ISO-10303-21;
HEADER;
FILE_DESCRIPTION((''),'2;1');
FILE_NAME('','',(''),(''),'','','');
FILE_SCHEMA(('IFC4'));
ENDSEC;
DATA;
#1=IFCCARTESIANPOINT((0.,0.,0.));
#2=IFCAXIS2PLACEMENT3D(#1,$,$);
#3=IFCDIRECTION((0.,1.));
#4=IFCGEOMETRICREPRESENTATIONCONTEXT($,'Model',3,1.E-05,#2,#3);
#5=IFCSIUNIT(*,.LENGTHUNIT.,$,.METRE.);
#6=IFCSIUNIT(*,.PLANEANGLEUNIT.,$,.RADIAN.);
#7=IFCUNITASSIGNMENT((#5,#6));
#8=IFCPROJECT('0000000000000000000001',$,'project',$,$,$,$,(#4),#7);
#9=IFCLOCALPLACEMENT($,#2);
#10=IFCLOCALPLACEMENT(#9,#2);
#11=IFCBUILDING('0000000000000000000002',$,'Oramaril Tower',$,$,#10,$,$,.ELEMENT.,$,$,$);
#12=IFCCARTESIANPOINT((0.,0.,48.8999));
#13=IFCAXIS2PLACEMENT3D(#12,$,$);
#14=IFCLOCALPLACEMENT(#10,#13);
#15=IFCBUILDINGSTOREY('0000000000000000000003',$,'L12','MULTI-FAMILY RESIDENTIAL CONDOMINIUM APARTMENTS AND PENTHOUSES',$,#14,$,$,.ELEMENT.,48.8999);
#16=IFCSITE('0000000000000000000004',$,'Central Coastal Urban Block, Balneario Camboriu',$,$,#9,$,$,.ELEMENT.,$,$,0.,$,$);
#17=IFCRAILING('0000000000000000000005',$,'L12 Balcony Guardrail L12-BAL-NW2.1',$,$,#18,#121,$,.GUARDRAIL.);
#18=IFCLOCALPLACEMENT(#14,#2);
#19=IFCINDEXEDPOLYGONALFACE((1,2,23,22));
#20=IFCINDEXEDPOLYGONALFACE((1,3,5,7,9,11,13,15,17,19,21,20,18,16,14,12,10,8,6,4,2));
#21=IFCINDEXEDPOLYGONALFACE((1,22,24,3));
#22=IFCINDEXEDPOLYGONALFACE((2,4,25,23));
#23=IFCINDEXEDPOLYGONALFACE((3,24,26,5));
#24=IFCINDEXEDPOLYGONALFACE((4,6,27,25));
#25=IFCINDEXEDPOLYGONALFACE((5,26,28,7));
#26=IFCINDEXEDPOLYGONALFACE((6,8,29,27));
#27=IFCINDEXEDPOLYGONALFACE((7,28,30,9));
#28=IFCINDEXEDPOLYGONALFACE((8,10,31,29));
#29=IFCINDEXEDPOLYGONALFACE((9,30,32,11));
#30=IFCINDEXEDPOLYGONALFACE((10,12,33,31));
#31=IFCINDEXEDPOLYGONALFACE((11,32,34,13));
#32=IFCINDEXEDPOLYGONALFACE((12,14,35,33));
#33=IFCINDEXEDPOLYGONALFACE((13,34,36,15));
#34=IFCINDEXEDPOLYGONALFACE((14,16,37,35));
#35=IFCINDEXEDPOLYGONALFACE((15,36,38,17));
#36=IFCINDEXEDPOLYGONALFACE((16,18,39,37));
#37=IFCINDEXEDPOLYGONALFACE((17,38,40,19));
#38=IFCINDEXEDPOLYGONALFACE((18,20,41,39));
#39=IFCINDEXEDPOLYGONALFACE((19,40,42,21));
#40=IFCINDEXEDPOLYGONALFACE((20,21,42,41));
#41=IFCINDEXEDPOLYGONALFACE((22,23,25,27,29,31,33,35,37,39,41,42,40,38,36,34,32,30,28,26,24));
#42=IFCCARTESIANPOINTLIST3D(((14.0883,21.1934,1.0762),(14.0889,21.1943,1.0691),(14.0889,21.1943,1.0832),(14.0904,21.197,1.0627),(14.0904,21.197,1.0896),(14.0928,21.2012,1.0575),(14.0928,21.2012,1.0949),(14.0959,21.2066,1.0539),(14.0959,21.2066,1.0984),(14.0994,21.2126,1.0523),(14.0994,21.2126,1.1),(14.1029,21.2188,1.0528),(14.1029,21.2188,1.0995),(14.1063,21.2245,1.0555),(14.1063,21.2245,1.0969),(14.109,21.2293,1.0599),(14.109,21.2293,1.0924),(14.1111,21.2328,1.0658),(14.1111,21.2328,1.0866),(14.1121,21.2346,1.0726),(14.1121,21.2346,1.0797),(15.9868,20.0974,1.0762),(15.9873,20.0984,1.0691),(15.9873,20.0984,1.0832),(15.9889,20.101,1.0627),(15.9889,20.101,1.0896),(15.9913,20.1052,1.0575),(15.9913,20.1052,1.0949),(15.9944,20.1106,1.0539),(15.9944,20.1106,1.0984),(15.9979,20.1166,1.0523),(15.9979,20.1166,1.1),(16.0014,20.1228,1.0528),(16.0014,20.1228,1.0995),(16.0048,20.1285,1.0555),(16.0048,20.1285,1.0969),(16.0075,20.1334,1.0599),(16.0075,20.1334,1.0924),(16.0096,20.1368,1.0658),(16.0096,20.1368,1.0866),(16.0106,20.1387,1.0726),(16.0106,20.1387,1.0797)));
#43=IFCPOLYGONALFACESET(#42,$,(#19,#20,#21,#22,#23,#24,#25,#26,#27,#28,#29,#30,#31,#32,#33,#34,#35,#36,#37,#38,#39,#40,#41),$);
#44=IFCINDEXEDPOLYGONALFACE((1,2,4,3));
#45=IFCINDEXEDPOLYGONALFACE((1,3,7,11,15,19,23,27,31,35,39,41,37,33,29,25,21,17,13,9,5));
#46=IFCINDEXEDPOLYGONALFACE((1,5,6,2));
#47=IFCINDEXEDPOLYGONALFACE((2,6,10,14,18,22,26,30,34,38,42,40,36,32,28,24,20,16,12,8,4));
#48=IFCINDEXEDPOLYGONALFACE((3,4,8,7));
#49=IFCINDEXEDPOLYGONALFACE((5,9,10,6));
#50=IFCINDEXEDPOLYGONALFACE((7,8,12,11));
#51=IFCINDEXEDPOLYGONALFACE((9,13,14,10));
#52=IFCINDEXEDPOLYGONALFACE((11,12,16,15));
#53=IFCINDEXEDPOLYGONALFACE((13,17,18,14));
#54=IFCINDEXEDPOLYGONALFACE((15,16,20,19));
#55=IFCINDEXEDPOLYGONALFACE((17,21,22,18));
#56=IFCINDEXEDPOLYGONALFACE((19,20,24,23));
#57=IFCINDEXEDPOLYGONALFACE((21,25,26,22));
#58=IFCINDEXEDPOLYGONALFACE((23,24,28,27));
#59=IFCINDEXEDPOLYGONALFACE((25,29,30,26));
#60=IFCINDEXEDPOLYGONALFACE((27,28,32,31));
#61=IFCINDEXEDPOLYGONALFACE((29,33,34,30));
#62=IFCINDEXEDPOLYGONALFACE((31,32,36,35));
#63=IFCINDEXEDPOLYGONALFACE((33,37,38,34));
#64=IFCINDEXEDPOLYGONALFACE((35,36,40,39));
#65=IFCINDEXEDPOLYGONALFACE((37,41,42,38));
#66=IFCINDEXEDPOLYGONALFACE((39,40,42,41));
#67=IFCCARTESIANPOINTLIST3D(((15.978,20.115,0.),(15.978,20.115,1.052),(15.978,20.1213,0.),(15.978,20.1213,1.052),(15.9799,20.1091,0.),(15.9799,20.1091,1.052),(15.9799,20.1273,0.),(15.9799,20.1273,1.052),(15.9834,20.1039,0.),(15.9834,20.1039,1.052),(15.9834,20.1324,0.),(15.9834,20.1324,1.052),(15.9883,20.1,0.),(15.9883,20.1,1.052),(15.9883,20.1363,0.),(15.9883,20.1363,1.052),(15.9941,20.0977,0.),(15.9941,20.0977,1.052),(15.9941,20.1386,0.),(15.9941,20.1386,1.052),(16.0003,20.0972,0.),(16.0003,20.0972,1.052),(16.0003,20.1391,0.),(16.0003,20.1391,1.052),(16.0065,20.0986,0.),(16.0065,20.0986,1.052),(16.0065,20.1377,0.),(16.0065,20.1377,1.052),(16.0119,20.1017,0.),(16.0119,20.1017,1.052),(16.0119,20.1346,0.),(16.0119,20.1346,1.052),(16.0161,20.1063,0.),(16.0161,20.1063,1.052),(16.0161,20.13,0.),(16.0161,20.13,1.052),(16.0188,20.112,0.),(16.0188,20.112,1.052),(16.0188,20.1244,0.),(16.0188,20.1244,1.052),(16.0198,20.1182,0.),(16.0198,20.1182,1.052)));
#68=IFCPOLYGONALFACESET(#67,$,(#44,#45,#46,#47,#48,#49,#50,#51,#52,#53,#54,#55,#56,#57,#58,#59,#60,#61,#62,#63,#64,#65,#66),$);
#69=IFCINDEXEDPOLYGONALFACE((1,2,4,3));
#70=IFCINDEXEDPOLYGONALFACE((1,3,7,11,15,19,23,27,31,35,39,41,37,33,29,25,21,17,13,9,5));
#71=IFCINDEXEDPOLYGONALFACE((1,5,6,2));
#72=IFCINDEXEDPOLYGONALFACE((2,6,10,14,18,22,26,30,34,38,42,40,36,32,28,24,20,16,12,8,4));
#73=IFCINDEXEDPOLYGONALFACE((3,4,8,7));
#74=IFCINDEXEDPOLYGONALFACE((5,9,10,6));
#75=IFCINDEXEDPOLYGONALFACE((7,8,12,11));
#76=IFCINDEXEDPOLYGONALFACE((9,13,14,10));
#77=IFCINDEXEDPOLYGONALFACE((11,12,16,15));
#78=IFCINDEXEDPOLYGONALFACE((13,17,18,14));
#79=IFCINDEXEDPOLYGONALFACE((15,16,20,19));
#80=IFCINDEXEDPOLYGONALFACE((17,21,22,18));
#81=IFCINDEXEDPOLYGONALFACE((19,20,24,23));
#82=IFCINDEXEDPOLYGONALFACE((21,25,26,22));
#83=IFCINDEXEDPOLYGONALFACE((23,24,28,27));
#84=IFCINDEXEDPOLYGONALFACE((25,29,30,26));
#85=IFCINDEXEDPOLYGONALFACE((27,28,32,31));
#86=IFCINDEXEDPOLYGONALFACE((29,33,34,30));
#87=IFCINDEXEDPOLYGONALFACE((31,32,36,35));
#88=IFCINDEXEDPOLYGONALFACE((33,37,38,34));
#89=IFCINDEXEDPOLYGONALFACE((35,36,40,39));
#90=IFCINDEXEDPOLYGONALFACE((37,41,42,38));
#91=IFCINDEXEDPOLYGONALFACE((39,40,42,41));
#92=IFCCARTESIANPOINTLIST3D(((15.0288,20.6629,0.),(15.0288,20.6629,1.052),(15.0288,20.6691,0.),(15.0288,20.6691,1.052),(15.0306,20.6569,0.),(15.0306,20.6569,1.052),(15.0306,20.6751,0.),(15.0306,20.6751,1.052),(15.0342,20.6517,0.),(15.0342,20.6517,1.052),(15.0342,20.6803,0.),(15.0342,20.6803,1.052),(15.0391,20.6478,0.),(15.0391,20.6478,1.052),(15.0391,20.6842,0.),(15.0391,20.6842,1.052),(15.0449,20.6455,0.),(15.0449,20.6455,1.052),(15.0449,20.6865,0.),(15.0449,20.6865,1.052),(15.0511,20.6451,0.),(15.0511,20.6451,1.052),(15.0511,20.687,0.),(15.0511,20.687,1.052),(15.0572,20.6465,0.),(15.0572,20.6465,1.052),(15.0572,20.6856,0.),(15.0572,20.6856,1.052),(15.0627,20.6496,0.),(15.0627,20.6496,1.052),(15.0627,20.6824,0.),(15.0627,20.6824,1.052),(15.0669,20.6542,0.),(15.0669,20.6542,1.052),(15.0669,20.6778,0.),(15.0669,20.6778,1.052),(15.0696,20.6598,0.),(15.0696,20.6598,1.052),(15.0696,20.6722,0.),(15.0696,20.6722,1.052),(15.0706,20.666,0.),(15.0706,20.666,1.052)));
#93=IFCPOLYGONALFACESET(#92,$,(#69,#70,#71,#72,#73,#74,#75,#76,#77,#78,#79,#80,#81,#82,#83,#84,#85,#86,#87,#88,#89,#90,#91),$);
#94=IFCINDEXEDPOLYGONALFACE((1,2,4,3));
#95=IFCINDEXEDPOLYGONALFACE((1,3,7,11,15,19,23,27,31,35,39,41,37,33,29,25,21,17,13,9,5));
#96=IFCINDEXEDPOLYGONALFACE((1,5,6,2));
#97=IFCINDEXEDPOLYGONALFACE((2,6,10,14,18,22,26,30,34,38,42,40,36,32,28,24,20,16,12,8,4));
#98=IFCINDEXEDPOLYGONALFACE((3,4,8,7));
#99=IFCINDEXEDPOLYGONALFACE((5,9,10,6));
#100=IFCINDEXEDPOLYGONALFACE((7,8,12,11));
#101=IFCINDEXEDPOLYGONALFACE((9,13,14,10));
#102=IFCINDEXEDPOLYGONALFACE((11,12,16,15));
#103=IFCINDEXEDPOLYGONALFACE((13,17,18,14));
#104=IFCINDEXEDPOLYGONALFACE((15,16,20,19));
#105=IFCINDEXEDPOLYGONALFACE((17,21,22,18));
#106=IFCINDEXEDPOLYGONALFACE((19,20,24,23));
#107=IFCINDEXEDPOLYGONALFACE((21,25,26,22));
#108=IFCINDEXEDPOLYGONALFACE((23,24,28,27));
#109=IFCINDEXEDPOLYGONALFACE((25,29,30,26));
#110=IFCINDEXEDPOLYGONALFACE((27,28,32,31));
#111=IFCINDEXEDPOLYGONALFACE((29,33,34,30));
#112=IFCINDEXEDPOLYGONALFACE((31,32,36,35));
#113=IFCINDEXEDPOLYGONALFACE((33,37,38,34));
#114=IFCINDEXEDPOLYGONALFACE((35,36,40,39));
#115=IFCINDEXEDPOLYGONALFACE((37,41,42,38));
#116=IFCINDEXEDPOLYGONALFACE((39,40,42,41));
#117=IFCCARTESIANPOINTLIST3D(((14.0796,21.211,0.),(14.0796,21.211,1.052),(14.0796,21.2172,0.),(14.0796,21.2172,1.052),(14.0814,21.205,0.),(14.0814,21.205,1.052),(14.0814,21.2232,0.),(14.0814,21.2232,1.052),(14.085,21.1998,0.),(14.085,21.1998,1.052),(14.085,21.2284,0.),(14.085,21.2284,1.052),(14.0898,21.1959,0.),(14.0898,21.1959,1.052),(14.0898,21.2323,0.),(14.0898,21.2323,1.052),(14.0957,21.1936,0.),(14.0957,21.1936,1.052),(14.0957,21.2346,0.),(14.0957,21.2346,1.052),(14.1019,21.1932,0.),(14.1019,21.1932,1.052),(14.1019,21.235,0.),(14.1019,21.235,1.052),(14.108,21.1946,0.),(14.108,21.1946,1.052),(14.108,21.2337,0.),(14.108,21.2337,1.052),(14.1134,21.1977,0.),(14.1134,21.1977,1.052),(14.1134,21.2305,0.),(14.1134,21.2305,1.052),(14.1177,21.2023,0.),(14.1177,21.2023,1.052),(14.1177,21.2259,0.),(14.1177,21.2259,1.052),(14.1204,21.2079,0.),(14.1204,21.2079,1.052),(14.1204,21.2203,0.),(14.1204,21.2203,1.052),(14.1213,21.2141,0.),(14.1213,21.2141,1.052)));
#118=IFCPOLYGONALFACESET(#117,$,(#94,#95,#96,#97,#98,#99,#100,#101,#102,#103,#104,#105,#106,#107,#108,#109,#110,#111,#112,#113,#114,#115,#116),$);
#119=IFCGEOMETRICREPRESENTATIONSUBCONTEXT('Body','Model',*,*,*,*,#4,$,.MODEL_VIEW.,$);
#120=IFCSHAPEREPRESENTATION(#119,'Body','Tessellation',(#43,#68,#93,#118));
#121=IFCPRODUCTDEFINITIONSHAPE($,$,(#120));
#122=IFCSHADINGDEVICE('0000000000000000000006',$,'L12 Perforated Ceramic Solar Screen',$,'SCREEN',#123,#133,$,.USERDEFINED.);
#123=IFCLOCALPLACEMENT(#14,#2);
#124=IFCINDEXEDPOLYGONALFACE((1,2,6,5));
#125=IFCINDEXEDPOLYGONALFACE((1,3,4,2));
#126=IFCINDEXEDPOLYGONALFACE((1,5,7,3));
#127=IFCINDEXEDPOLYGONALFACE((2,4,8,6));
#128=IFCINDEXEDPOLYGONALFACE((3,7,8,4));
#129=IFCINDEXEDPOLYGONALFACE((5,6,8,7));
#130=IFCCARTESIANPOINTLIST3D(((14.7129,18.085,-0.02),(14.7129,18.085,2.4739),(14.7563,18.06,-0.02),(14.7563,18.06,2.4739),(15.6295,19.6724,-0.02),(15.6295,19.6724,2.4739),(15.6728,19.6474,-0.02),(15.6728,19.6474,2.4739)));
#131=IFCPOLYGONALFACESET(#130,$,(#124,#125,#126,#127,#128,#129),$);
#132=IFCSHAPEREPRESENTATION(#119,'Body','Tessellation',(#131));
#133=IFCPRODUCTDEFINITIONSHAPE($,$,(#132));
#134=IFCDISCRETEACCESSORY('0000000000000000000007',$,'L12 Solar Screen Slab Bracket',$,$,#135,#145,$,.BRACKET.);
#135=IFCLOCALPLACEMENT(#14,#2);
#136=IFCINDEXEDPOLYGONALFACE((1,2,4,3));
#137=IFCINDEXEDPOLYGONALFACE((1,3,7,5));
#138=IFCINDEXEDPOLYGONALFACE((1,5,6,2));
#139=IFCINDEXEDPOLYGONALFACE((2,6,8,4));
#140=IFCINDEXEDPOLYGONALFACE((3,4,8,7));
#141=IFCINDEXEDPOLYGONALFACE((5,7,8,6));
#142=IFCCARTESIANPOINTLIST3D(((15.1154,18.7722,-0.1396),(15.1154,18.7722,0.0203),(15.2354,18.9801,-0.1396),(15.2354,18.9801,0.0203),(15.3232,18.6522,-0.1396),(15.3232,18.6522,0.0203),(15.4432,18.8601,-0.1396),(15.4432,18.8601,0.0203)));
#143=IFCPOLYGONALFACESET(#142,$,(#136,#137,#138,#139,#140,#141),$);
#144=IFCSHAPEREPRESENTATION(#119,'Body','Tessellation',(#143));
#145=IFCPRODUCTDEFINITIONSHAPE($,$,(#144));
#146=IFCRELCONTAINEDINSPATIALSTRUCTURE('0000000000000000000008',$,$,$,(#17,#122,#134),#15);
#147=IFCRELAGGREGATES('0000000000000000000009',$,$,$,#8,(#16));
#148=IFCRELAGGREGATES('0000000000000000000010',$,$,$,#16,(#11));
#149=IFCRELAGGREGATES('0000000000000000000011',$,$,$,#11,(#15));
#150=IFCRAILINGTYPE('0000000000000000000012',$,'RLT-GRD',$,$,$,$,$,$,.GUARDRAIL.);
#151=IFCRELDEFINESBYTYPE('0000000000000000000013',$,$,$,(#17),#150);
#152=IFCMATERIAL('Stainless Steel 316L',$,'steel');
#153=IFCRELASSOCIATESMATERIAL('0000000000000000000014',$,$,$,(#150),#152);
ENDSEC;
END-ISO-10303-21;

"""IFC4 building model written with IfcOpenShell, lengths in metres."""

from ifc_helpers import new_model, si_unit, direction, frame, origin, origin_2d, place, context, subcontext, project, spatial, rectangle, circle, extrude, material, type_object, element, save


model = new_model("IFC4")

# Units and contexts
model_context = context("Model", 3, precision=1e-05, world=origin(), true_north=direction((0.0, 1.0)))
body_context = subcontext(model_context, "Body", "Model", "MODEL_VIEW")
ifc_project = project(units=[si_unit("LENGTHUNIT", "METRE"), si_unit("PLANEANGLEUNIT", "RADIAN")], contexts=[model_context])

# Site, building, storey
site_placement = place(None, origin())
site = spatial("IfcSite", under=ifc_project, at=site_placement, Name="Central Coastal Urban Block, Balneario Camboriu", CompositionType="ELEMENT", RefElevation=0.0)
building_placement = place(site_placement, origin())
building = spatial("IfcBuilding", under=site, at=building_placement, Name="Oramaril Tower", CompositionType="ELEMENT")
storey_placement = place(building_placement, frame((0.0, 0.0, 48.8999)))
storey = spatial("IfcBuildingStorey", under=building, at=storey_placement, Name="L12", Description="MULTI-FAMILY RESIDENTIAL CONDOMINIUM APARTMENTS AND PENTHOUSES", CompositionType="ELEMENT", Elevation=48.8999)

# Railing
ifc_material_1 = material(Name="Stainless Steel 316L", Category="steel")
railing_type = type_object("IfcRailingType", Name="RLT-GRD", PredefinedType="GUARDRAIL", material=ifc_material_1)
railing_1_placement = place(storey_placement, frame((15.9988, 20.1182, 0.0)))
element("IfcRailing", 1, at=railing_1_placement, inside=storey, type_object=railing_type, Name="L12 Balcony Guardrail L12-BAL-NW2.1", PredefinedType="GUARDRAIL", context=body_context, shape_type="SweptSolid", body=[
    extrude(circle(Radius=0.0239, at=origin_2d()), frame((0.0, 0.0, 1.0762), z_axis=(-0.866048, 0.49996, 0.0), x_axis=(-0.49996, -0.866048, 0.0)), (0.0, 0.0, 1.0), 2.1921),
    extrude(circle(Radius=0.021, at=origin_2d()), origin(), (0.0, 0.0, 1.0), 1.052),
    extrude(circle(Radius=0.021, at=origin_2d()), frame((-0.9492, 0.5479, 0.0)), (0.0, 0.0, 1.0), 1.052),
    extrude(circle(Radius=0.021, at=origin_2d()), frame((-1.8984, 1.0959, 0.0)), (0.0, 0.0, 1.0), 1.052),
])

# Shading device
shading_device_placement = place(storey_placement, frame((15.1929, 18.8662, -0.02), z_axis=(0.0, 0.0, 1.0), x_axis=(-0.5, -0.866025, 0.0)))
element("IfcShadingDevice", 2, at=shading_device_placement, inside=storey, Name="L12 Perforated Ceramic Solar Screen", ObjectType="SCREEN", PredefinedType="USERDEFINED", context=body_context, shape_type="SweptSolid", body=[
    extrude(rectangle(XDim=1.833, YDim=0.05, at=origin_2d()), origin(), (0.0, 0.0, 1.0), 2.4939),
])

# Discrete accessory
discrete_accessory_placement = place(storey_placement, frame((15.2793, 18.8162, -0.1396), z_axis=(0.0, 0.0, 1.0), x_axis=(-0.5, -0.866025, 0.0)))
element("IfcDiscreteAccessory", 3, at=discrete_accessory_placement, inside=storey, Name="L12 Solar Screen Slab Bracket", PredefinedType="BRACKET", context=body_context, shape_type="SweptSolid", body=[
    extrude(rectangle(XDim=0.24, YDim=0.24, at=origin_2d()), origin(), (0.0, 0.0, 1.0), 0.1599),
])

save(model, "model.ifc")
